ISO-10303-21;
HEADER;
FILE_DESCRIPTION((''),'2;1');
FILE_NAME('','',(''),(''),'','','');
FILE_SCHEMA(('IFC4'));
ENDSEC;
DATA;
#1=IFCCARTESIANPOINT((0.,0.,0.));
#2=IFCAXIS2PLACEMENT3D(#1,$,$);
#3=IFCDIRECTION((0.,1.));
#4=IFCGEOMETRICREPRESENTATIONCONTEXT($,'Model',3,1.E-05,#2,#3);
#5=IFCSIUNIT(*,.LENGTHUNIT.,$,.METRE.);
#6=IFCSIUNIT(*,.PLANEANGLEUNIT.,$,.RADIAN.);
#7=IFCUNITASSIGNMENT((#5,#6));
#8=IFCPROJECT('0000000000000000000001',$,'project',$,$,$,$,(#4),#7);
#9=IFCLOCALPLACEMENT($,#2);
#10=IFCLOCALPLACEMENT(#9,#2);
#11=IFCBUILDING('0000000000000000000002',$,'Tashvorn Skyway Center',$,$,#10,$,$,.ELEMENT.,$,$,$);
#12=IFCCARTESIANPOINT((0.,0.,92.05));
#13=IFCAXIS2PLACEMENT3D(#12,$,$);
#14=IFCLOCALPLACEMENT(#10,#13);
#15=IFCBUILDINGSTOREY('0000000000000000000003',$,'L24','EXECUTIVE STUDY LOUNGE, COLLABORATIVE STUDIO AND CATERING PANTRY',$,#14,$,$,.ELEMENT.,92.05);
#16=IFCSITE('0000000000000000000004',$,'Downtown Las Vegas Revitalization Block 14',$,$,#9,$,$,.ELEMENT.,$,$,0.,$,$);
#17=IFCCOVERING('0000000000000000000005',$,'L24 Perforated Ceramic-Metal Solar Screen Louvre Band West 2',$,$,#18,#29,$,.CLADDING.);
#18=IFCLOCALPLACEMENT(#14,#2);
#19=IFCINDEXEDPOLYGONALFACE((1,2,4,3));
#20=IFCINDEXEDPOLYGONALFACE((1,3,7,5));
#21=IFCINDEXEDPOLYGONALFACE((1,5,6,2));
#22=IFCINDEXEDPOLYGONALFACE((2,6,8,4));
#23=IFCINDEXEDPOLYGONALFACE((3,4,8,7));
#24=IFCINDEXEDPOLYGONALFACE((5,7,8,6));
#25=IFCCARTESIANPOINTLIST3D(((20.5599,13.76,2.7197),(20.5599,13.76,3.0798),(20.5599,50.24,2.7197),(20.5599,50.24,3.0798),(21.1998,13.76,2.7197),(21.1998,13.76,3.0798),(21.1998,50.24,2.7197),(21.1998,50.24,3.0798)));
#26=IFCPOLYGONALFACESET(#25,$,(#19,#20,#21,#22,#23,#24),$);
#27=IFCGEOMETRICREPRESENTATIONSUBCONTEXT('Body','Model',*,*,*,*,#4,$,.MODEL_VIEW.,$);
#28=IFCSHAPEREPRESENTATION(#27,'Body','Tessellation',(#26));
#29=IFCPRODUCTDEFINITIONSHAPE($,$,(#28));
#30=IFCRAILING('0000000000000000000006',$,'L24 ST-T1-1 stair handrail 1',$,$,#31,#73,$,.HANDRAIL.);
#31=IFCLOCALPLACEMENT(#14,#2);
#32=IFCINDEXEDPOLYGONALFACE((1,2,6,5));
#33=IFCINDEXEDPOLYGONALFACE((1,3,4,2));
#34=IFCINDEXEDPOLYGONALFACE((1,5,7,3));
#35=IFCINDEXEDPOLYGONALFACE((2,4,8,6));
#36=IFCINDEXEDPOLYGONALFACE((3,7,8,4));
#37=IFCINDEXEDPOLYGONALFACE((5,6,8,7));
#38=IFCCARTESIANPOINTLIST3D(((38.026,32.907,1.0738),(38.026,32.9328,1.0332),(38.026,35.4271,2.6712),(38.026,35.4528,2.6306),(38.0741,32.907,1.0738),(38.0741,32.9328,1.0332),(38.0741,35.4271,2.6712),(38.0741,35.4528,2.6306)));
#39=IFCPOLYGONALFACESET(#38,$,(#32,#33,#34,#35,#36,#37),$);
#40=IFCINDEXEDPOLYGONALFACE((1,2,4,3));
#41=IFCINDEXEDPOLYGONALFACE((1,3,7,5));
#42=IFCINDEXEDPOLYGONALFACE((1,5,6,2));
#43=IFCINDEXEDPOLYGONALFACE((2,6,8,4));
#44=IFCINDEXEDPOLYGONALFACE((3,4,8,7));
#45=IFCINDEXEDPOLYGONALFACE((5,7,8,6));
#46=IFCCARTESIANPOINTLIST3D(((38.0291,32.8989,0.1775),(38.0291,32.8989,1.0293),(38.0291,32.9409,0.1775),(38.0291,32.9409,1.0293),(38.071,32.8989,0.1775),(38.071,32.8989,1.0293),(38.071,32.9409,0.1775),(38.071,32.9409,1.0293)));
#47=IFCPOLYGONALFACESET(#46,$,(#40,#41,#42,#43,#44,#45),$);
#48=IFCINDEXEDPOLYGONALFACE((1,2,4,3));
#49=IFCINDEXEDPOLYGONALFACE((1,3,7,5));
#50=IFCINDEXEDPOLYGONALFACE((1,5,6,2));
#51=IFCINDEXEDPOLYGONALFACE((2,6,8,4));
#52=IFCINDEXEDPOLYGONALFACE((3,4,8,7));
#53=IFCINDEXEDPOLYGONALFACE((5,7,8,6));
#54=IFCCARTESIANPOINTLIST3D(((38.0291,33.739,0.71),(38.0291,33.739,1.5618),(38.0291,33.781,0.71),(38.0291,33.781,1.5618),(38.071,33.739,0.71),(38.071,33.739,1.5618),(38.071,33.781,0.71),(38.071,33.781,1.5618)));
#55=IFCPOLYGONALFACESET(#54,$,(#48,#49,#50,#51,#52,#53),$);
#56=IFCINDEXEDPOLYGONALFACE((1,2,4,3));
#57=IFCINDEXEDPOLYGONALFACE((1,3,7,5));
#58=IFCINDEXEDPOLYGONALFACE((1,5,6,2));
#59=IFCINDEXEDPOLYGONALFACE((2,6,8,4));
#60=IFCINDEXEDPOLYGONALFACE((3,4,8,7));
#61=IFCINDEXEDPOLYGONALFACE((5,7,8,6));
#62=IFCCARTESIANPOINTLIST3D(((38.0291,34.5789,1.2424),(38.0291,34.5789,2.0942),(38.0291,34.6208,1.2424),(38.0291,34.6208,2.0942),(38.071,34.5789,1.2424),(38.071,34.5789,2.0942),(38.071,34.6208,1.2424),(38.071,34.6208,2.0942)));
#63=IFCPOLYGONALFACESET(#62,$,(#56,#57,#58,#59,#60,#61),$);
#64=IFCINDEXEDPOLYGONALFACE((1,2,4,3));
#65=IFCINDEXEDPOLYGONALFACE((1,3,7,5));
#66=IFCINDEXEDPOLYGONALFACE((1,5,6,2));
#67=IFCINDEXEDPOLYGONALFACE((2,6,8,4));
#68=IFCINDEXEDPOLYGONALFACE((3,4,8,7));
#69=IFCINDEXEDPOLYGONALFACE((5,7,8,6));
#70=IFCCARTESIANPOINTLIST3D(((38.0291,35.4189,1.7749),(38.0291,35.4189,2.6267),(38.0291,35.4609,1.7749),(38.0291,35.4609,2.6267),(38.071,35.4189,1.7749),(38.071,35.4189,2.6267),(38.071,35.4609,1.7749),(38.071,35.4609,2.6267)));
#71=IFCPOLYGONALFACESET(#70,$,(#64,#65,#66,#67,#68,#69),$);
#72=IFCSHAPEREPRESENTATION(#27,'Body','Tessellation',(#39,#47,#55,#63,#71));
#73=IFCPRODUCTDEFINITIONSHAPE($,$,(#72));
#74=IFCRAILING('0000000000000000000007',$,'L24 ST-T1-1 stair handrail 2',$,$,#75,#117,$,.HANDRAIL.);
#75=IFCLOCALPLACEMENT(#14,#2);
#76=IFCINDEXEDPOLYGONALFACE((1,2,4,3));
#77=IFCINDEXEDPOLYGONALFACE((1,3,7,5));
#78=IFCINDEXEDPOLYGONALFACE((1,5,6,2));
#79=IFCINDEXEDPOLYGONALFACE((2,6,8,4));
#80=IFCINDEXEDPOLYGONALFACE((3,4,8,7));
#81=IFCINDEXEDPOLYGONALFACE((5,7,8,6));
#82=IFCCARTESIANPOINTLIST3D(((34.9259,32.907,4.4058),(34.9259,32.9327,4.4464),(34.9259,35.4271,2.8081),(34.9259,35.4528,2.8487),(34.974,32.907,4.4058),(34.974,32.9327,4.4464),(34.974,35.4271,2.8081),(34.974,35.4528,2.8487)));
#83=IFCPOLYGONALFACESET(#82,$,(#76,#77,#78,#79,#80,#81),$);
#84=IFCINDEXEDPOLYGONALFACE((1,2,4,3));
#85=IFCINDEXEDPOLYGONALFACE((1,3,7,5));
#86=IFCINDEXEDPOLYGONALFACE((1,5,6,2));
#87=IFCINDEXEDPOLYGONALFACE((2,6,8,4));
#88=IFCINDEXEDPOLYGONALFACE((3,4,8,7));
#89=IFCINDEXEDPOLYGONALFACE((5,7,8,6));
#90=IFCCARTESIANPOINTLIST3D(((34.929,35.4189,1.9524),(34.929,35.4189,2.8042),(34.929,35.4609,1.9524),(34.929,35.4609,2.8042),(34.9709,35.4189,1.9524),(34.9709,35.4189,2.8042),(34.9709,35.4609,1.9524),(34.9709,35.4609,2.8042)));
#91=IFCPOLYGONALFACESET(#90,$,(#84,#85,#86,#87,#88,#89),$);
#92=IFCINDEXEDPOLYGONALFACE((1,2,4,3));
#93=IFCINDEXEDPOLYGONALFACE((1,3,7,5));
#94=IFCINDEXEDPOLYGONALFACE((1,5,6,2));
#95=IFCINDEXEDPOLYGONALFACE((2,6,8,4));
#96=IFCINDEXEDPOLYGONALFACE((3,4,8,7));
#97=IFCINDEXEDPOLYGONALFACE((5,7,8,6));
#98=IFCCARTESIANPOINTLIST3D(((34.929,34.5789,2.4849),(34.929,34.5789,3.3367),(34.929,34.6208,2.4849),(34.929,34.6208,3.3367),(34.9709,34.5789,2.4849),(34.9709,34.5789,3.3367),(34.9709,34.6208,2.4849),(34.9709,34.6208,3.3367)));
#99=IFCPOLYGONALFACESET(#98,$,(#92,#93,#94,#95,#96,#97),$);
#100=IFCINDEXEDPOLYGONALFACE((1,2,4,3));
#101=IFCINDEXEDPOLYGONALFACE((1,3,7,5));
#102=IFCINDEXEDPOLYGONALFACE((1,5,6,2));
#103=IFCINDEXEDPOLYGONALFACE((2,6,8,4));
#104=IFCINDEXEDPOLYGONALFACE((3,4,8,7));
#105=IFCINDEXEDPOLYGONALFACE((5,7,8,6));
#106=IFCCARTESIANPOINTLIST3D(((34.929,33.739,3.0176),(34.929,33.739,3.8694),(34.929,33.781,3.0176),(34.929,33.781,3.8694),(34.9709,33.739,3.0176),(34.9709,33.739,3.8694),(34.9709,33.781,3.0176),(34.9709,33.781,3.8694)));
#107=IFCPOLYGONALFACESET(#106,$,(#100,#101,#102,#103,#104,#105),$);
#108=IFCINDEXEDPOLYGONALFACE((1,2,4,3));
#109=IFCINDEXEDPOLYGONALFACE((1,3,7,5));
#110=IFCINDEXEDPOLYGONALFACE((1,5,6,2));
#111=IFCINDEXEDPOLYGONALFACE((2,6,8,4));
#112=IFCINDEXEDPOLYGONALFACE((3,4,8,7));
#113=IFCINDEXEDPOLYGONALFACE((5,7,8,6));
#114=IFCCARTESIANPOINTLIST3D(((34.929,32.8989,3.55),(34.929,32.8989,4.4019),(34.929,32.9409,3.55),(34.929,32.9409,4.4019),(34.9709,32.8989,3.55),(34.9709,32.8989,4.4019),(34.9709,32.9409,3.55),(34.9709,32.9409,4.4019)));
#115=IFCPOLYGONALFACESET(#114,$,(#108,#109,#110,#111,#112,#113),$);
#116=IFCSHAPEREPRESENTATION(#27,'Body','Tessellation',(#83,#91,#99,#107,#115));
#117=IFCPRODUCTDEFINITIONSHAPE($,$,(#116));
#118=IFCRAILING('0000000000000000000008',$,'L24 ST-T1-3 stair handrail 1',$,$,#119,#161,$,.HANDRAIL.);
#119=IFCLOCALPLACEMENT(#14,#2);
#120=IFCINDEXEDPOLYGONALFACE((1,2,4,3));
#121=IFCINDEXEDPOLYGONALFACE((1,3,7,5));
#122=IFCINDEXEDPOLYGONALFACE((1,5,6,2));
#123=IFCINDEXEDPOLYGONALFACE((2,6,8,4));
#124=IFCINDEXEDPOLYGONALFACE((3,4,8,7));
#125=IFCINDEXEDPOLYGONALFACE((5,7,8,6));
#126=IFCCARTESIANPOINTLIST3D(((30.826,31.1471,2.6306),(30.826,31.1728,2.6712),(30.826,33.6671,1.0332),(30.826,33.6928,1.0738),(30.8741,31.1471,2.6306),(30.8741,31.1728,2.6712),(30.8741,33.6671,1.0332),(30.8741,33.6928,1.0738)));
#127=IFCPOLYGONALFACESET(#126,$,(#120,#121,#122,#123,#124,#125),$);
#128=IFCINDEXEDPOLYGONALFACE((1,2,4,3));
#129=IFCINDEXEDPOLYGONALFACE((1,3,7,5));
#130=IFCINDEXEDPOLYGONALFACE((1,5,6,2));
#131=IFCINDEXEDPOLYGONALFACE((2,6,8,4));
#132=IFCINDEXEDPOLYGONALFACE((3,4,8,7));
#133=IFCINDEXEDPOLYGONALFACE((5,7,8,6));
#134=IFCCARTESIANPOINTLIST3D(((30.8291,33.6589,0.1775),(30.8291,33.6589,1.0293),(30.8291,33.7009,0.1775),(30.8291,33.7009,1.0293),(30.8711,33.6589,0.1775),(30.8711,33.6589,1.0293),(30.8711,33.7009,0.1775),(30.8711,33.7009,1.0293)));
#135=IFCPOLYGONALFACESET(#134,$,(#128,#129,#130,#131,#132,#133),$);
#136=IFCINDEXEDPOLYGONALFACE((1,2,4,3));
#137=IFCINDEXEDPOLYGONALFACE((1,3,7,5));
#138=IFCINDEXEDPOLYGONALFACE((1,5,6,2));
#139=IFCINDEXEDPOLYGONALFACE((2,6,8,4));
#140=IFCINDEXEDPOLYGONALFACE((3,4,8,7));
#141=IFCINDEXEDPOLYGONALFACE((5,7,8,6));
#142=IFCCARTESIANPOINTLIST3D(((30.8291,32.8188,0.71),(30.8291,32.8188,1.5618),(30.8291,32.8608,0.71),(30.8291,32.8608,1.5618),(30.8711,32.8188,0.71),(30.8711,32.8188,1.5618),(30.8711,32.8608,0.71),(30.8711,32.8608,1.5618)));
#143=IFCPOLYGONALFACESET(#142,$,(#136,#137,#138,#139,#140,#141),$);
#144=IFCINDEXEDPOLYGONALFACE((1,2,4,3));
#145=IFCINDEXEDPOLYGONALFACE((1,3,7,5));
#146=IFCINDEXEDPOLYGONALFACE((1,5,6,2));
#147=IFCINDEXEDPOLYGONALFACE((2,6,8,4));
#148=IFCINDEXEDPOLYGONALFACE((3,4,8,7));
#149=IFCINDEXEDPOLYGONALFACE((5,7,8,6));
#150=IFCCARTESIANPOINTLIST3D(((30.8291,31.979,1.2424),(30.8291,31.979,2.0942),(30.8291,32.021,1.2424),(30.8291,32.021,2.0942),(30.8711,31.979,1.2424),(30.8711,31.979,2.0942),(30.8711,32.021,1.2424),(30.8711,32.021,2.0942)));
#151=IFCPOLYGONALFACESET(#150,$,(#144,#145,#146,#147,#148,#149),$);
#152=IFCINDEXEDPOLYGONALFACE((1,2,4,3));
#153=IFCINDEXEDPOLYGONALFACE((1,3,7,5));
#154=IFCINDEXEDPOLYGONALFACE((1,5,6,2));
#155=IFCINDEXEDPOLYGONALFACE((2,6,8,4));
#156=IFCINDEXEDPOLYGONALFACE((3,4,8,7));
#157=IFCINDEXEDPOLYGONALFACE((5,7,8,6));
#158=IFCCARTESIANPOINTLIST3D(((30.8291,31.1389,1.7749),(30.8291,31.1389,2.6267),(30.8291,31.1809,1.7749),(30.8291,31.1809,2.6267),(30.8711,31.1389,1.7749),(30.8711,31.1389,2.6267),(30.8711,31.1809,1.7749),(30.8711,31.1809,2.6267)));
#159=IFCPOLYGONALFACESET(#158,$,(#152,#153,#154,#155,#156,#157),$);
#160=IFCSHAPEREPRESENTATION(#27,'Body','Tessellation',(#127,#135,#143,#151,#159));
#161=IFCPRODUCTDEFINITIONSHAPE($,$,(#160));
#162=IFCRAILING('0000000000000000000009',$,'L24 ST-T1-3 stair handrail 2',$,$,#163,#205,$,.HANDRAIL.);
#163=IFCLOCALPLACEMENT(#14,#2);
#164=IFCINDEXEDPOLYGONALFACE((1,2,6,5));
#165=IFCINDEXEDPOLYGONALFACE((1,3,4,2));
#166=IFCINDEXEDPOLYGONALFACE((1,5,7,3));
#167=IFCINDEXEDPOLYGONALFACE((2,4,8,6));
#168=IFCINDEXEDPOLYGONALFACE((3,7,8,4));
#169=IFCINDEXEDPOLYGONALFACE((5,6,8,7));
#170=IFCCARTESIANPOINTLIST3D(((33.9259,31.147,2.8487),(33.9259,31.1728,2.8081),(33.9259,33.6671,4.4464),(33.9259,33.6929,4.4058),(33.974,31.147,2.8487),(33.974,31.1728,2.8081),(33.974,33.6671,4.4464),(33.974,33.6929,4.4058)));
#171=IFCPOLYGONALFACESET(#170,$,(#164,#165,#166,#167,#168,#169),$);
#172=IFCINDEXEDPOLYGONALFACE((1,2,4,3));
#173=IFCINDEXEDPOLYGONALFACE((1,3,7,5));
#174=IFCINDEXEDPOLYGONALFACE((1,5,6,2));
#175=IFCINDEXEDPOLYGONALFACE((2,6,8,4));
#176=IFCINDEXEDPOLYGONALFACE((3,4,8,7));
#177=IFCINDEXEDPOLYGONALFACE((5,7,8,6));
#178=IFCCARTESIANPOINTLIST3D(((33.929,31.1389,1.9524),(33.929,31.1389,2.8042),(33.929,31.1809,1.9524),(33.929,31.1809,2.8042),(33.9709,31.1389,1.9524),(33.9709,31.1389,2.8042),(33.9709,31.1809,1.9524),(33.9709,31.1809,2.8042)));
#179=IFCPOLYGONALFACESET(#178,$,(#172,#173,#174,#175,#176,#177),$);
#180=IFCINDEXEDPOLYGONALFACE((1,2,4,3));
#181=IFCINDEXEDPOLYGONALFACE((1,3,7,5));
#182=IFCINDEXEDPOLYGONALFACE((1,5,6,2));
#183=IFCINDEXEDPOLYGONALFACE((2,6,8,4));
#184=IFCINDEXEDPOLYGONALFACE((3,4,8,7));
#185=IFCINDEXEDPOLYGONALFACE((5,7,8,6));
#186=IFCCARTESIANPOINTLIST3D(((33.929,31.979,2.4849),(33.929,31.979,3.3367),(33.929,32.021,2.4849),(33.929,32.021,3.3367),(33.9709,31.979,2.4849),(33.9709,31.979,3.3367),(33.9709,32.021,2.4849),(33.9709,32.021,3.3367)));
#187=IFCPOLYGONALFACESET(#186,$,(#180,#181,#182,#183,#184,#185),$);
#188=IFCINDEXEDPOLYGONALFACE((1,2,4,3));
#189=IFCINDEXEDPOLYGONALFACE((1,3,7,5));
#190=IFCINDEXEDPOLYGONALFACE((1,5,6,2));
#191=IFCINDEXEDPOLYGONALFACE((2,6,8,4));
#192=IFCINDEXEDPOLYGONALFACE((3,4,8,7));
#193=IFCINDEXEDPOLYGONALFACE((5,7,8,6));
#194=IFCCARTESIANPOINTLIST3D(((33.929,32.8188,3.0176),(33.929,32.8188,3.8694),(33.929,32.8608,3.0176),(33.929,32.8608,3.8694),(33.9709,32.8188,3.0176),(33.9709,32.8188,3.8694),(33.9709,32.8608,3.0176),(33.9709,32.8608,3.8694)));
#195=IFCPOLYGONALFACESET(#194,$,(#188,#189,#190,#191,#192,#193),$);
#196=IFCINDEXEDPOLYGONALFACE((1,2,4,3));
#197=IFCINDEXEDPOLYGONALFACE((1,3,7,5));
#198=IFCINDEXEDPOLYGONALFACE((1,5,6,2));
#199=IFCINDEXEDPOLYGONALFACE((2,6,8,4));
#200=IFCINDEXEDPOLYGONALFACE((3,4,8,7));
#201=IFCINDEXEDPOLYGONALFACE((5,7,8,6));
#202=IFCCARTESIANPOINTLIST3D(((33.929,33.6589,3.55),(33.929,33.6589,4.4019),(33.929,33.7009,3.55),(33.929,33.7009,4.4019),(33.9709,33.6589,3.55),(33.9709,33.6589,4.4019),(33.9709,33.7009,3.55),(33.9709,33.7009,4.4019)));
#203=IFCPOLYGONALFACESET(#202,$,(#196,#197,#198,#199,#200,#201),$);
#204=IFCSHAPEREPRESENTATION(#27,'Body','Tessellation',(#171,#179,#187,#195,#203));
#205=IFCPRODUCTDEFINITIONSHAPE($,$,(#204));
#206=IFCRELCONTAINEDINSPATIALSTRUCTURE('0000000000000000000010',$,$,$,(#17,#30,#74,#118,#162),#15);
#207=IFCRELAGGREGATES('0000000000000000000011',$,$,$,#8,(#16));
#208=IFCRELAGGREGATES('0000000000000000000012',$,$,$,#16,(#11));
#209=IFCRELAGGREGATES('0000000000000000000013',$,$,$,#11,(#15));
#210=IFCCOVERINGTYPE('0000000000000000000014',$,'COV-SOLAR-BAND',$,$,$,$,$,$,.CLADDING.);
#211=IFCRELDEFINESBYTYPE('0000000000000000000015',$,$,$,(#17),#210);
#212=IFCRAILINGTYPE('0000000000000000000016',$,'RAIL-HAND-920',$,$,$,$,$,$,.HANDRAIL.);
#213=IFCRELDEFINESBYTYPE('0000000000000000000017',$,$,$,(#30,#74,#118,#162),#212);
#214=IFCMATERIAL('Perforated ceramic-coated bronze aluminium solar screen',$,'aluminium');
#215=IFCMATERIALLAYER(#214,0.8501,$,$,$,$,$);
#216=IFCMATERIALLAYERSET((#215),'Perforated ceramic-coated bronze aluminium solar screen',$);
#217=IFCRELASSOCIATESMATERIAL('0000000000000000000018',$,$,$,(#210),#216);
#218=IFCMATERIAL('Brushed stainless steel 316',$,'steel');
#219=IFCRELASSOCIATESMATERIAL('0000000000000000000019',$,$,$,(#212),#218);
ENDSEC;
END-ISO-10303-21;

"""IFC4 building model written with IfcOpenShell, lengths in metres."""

from ifc_helpers import new_model, si_unit, direction, frame, origin, origin_2d, place, context, subcontext, project, spatial, rectangle, extrude, material, layer, layer_set, type_object, element, save


model = new_model("IFC4")

# Units and contexts
model_context = context("Model", 3, precision=1e-05, world=origin(), true_north=direction((0.0, 1.0)))
body_context = subcontext(model_context, "Body", "Model", "MODEL_VIEW")
ifc_project = project(units=[si_unit("LENGTHUNIT", "METRE"), si_unit("PLANEANGLEUNIT", "RADIAN")], contexts=[model_context])

# Site, building, storey
site_placement = place(None, origin())
site = spatial("IfcSite", under=ifc_project, at=site_placement, Name="Downtown Las Vegas Revitalization Block 14", CompositionType="ELEMENT", RefElevation=0.0)
building_placement = place(site_placement, origin())
building = spatial("IfcBuilding", under=site, at=building_placement, Name="Tashvorn Skyway Center", CompositionType="ELEMENT")
storey_placement = place(building_placement, frame((0.0, 0.0, 92.05)))
storey = spatial("IfcBuildingStorey", under=building, at=storey_placement, Name="L24", Description="EXECUTIVE STUDY LOUNGE, COLLABORATIVE STUDIO AND CATERING PANTRY", CompositionType="ELEMENT", Elevation=92.05)

# Covering
ifc_material_1 = material(Name="Perforated ceramic-coated bronze aluminium solar screen", Category="aluminium")
ifc_layer_1 = layer(ifc_material_1, 0.8501)
ifc_layer_set_1 = layer_set([ifc_layer_1], Name="Perforated ceramic-coated bronze aluminium solar screen")
covering_type = type_object("IfcCoveringType", Name="COV-SOLAR-BAND", PredefinedType="CLADDING", material=ifc_layer_set_1)
for number, where, z_axis, x_axis, name in (
    (1, (20.8799, 32.0, 2.7197), (0.0, 0.0, 1.0), (0.0, 1.0, 0.0), "L24 Perforated Ceramic-Metal Solar Screen Louvre Band West 2"),
):
    element("IfcCovering", number, at=place(storey_placement, frame(where, z_axis=z_axis, x_axis=x_axis)), inside=storey, type_object=covering_type, Name=name, PredefinedType="CLADDING", context=body_context, shape_type="SweptSolid", body=[
        extrude(rectangle(XDim=36.48, YDim=0.6399, at=origin_2d()), origin(), (0.0, 0.0, 1.0), 0.3601),
    ])

# Railings
ifc_material_2 = material(Name="Brushed stainless steel 316", Category="steel")
railing_type_1 = type_object("IfcRailingType", Name="RAIL-HAND-920", PredefinedType="HANDRAIL", material=ifc_material_2)
railing_1_placement = place(storey_placement, frame((38.05, 32.9199, 0.1775)))
element("IfcRailing", 2, at=railing_1_placement, inside=storey, type_object=railing_type_1, Name="L24 ST-T1-1 stair handrail 1", PredefinedType="HANDRAIL", context=body_context, shape_type="SweptSolid", body=[
    extrude(rectangle(XDim=0.0481, YDim=0.0481, at=origin_2d()), frame((0.0, 0.0, 0.876), z_axis=(0.0, 0.844607, 0.535387), x_axis=(-1.0, 0.0, 0.0)), (0.0, 0.0, 1.0), 2.9836),
    extrude(rectangle(XDim=0.042, YDim=0.042, at=origin_2d()), origin(), (0.0, 0.0, 1.0), 0.8518),
    extrude(rectangle(XDim=0.042, YDim=0.042, at=origin_2d()), frame((0.0, 0.8401, 0.5325)), (0.0, 0.0, 1.0), 0.8518),
    extrude(rectangle(XDim=0.042, YDim=0.042, at=origin_2d()), frame((0.0, 1.6799, 1.0649)), (0.0, 0.0, 1.0), 0.8518),
    extrude(rectangle(XDim=0.042, YDim=0.042, at=origin_2d()), frame((0.0, 2.52, 1.5974)), (0.0, 0.0, 1.0), 0.8518),
])
railing_2_placement = place(storey_placement, frame((34.95, 35.4399, 1.9524)))
element("IfcRailing", 3, at=railing_2_placement, inside=storey, type_object=railing_type_1, Name="L24 ST-T1-1 stair handrail 2", PredefinedType="HANDRAIL", context=body_context, shape_type="SweptSolid", body=[
    extrude(rectangle(XDim=0.0481, YDim=0.0481, at=origin_2d()), frame((0.0, 0.0, 0.876), z_axis=(0.0, -0.84457, 0.535445), x_axis=(1.0, 0.0, 0.0)), (0.0, 0.0, 1.0), 2.9839),
    extrude(rectangle(XDim=0.042, YDim=0.042, at=origin_2d()), origin(), (0.0, 0.0, 1.0), 0.8518),
    extrude(rectangle(XDim=0.042, YDim=0.042, at=origin_2d()), frame((0.0, -0.8401, 0.5325)), (0.0, 0.0, 1.0), 0.8518),
    extrude(rectangle(XDim=0.042, YDim=0.042, at=origin_2d()), frame((0.0, -1.6799, 1.0652)), (0.0, 0.0, 1.0), 0.8518),
    extrude(rectangle(XDim=0.042, YDim=0.042, at=origin_2d()), frame((0.0, -2.52, 1.5977)), (0.0, 0.0, 1.0), 0.8518),
])
railing_3_placement = place(storey_placement, frame((30.8501, 33.6799, 0.1775)))
element("IfcRailing", 4, at=railing_3_placement, inside=storey, type_object=railing_type_1, Name="L24 ST-T1-3 stair handrail 1", PredefinedType="HANDRAIL", context=body_context, shape_type="SweptSolid", body=[
    extrude(rectangle(XDim=0.0481, YDim=0.0481, at=origin_2d()), frame((0.0, 0.0, 0.876), z_axis=(0.0, -0.844607, 0.535387), x_axis=(1.0, 0.0, 0.0)), (0.0, 0.0, 1.0), 2.9836),
    extrude(rectangle(XDim=0.042, YDim=0.042, at=origin_2d()), origin(), (0.0, 0.0, 1.0), 0.8518),
    extrude(rectangle(XDim=0.042, YDim=0.042, at=origin_2d()), frame((0.0, -0.8401, 0.5325)), (0.0, 0.0, 1.0), 0.8518),
    extrude(rectangle(XDim=0.042, YDim=0.042, at=origin_2d()), frame((0.0, -1.6799, 1.0649)), (0.0, 0.0, 1.0), 0.8518),
    extrude(rectangle(XDim=0.042, YDim=0.042, at=origin_2d()), frame((0.0, -2.52, 1.5974)), (0.0, 0.0, 1.0), 0.8518),
])
railing_4_placement = place(storey_placement, frame((33.95, 31.1599, 1.9524)))
element("IfcRailing", 5, at=railing_4_placement, inside=storey, type_object=railing_type_1, Name="L24 ST-T1-3 stair handrail 2", PredefinedType="HANDRAIL", context=body_context, shape_type="SweptSolid", body=[
    extrude(rectangle(XDim=0.0481, YDim=0.0481, at=origin_2d()), frame((0.0, 0.0, 0.876), z_axis=(0.0, 0.84457, 0.535445), x_axis=(-1.0, 0.0, 0.0)), (0.0, 0.0, 1.0), 2.9839),
    extrude(rectangle(XDim=0.042, YDim=0.042, at=origin_2d()), origin(), (0.0, 0.0, 1.0), 0.8518),
    extrude(rectangle(XDim=0.042, YDim=0.042, at=origin_2d()), frame((0.0, 0.8401, 0.5325)), (0.0, 0.0, 1.0), 0.8518),
    extrude(rectangle(XDim=0.042, YDim=0.042, at=origin_2d()), frame((0.0, 1.6799, 1.0652)), (0.0, 0.0, 1.0), 0.8518),
    extrude(rectangle(XDim=0.042, YDim=0.042, at=origin_2d()), frame((0.0, 2.52, 1.5977)), (0.0, 0.0, 1.0), 0.8518),
])

save(model, "model.ifc")
